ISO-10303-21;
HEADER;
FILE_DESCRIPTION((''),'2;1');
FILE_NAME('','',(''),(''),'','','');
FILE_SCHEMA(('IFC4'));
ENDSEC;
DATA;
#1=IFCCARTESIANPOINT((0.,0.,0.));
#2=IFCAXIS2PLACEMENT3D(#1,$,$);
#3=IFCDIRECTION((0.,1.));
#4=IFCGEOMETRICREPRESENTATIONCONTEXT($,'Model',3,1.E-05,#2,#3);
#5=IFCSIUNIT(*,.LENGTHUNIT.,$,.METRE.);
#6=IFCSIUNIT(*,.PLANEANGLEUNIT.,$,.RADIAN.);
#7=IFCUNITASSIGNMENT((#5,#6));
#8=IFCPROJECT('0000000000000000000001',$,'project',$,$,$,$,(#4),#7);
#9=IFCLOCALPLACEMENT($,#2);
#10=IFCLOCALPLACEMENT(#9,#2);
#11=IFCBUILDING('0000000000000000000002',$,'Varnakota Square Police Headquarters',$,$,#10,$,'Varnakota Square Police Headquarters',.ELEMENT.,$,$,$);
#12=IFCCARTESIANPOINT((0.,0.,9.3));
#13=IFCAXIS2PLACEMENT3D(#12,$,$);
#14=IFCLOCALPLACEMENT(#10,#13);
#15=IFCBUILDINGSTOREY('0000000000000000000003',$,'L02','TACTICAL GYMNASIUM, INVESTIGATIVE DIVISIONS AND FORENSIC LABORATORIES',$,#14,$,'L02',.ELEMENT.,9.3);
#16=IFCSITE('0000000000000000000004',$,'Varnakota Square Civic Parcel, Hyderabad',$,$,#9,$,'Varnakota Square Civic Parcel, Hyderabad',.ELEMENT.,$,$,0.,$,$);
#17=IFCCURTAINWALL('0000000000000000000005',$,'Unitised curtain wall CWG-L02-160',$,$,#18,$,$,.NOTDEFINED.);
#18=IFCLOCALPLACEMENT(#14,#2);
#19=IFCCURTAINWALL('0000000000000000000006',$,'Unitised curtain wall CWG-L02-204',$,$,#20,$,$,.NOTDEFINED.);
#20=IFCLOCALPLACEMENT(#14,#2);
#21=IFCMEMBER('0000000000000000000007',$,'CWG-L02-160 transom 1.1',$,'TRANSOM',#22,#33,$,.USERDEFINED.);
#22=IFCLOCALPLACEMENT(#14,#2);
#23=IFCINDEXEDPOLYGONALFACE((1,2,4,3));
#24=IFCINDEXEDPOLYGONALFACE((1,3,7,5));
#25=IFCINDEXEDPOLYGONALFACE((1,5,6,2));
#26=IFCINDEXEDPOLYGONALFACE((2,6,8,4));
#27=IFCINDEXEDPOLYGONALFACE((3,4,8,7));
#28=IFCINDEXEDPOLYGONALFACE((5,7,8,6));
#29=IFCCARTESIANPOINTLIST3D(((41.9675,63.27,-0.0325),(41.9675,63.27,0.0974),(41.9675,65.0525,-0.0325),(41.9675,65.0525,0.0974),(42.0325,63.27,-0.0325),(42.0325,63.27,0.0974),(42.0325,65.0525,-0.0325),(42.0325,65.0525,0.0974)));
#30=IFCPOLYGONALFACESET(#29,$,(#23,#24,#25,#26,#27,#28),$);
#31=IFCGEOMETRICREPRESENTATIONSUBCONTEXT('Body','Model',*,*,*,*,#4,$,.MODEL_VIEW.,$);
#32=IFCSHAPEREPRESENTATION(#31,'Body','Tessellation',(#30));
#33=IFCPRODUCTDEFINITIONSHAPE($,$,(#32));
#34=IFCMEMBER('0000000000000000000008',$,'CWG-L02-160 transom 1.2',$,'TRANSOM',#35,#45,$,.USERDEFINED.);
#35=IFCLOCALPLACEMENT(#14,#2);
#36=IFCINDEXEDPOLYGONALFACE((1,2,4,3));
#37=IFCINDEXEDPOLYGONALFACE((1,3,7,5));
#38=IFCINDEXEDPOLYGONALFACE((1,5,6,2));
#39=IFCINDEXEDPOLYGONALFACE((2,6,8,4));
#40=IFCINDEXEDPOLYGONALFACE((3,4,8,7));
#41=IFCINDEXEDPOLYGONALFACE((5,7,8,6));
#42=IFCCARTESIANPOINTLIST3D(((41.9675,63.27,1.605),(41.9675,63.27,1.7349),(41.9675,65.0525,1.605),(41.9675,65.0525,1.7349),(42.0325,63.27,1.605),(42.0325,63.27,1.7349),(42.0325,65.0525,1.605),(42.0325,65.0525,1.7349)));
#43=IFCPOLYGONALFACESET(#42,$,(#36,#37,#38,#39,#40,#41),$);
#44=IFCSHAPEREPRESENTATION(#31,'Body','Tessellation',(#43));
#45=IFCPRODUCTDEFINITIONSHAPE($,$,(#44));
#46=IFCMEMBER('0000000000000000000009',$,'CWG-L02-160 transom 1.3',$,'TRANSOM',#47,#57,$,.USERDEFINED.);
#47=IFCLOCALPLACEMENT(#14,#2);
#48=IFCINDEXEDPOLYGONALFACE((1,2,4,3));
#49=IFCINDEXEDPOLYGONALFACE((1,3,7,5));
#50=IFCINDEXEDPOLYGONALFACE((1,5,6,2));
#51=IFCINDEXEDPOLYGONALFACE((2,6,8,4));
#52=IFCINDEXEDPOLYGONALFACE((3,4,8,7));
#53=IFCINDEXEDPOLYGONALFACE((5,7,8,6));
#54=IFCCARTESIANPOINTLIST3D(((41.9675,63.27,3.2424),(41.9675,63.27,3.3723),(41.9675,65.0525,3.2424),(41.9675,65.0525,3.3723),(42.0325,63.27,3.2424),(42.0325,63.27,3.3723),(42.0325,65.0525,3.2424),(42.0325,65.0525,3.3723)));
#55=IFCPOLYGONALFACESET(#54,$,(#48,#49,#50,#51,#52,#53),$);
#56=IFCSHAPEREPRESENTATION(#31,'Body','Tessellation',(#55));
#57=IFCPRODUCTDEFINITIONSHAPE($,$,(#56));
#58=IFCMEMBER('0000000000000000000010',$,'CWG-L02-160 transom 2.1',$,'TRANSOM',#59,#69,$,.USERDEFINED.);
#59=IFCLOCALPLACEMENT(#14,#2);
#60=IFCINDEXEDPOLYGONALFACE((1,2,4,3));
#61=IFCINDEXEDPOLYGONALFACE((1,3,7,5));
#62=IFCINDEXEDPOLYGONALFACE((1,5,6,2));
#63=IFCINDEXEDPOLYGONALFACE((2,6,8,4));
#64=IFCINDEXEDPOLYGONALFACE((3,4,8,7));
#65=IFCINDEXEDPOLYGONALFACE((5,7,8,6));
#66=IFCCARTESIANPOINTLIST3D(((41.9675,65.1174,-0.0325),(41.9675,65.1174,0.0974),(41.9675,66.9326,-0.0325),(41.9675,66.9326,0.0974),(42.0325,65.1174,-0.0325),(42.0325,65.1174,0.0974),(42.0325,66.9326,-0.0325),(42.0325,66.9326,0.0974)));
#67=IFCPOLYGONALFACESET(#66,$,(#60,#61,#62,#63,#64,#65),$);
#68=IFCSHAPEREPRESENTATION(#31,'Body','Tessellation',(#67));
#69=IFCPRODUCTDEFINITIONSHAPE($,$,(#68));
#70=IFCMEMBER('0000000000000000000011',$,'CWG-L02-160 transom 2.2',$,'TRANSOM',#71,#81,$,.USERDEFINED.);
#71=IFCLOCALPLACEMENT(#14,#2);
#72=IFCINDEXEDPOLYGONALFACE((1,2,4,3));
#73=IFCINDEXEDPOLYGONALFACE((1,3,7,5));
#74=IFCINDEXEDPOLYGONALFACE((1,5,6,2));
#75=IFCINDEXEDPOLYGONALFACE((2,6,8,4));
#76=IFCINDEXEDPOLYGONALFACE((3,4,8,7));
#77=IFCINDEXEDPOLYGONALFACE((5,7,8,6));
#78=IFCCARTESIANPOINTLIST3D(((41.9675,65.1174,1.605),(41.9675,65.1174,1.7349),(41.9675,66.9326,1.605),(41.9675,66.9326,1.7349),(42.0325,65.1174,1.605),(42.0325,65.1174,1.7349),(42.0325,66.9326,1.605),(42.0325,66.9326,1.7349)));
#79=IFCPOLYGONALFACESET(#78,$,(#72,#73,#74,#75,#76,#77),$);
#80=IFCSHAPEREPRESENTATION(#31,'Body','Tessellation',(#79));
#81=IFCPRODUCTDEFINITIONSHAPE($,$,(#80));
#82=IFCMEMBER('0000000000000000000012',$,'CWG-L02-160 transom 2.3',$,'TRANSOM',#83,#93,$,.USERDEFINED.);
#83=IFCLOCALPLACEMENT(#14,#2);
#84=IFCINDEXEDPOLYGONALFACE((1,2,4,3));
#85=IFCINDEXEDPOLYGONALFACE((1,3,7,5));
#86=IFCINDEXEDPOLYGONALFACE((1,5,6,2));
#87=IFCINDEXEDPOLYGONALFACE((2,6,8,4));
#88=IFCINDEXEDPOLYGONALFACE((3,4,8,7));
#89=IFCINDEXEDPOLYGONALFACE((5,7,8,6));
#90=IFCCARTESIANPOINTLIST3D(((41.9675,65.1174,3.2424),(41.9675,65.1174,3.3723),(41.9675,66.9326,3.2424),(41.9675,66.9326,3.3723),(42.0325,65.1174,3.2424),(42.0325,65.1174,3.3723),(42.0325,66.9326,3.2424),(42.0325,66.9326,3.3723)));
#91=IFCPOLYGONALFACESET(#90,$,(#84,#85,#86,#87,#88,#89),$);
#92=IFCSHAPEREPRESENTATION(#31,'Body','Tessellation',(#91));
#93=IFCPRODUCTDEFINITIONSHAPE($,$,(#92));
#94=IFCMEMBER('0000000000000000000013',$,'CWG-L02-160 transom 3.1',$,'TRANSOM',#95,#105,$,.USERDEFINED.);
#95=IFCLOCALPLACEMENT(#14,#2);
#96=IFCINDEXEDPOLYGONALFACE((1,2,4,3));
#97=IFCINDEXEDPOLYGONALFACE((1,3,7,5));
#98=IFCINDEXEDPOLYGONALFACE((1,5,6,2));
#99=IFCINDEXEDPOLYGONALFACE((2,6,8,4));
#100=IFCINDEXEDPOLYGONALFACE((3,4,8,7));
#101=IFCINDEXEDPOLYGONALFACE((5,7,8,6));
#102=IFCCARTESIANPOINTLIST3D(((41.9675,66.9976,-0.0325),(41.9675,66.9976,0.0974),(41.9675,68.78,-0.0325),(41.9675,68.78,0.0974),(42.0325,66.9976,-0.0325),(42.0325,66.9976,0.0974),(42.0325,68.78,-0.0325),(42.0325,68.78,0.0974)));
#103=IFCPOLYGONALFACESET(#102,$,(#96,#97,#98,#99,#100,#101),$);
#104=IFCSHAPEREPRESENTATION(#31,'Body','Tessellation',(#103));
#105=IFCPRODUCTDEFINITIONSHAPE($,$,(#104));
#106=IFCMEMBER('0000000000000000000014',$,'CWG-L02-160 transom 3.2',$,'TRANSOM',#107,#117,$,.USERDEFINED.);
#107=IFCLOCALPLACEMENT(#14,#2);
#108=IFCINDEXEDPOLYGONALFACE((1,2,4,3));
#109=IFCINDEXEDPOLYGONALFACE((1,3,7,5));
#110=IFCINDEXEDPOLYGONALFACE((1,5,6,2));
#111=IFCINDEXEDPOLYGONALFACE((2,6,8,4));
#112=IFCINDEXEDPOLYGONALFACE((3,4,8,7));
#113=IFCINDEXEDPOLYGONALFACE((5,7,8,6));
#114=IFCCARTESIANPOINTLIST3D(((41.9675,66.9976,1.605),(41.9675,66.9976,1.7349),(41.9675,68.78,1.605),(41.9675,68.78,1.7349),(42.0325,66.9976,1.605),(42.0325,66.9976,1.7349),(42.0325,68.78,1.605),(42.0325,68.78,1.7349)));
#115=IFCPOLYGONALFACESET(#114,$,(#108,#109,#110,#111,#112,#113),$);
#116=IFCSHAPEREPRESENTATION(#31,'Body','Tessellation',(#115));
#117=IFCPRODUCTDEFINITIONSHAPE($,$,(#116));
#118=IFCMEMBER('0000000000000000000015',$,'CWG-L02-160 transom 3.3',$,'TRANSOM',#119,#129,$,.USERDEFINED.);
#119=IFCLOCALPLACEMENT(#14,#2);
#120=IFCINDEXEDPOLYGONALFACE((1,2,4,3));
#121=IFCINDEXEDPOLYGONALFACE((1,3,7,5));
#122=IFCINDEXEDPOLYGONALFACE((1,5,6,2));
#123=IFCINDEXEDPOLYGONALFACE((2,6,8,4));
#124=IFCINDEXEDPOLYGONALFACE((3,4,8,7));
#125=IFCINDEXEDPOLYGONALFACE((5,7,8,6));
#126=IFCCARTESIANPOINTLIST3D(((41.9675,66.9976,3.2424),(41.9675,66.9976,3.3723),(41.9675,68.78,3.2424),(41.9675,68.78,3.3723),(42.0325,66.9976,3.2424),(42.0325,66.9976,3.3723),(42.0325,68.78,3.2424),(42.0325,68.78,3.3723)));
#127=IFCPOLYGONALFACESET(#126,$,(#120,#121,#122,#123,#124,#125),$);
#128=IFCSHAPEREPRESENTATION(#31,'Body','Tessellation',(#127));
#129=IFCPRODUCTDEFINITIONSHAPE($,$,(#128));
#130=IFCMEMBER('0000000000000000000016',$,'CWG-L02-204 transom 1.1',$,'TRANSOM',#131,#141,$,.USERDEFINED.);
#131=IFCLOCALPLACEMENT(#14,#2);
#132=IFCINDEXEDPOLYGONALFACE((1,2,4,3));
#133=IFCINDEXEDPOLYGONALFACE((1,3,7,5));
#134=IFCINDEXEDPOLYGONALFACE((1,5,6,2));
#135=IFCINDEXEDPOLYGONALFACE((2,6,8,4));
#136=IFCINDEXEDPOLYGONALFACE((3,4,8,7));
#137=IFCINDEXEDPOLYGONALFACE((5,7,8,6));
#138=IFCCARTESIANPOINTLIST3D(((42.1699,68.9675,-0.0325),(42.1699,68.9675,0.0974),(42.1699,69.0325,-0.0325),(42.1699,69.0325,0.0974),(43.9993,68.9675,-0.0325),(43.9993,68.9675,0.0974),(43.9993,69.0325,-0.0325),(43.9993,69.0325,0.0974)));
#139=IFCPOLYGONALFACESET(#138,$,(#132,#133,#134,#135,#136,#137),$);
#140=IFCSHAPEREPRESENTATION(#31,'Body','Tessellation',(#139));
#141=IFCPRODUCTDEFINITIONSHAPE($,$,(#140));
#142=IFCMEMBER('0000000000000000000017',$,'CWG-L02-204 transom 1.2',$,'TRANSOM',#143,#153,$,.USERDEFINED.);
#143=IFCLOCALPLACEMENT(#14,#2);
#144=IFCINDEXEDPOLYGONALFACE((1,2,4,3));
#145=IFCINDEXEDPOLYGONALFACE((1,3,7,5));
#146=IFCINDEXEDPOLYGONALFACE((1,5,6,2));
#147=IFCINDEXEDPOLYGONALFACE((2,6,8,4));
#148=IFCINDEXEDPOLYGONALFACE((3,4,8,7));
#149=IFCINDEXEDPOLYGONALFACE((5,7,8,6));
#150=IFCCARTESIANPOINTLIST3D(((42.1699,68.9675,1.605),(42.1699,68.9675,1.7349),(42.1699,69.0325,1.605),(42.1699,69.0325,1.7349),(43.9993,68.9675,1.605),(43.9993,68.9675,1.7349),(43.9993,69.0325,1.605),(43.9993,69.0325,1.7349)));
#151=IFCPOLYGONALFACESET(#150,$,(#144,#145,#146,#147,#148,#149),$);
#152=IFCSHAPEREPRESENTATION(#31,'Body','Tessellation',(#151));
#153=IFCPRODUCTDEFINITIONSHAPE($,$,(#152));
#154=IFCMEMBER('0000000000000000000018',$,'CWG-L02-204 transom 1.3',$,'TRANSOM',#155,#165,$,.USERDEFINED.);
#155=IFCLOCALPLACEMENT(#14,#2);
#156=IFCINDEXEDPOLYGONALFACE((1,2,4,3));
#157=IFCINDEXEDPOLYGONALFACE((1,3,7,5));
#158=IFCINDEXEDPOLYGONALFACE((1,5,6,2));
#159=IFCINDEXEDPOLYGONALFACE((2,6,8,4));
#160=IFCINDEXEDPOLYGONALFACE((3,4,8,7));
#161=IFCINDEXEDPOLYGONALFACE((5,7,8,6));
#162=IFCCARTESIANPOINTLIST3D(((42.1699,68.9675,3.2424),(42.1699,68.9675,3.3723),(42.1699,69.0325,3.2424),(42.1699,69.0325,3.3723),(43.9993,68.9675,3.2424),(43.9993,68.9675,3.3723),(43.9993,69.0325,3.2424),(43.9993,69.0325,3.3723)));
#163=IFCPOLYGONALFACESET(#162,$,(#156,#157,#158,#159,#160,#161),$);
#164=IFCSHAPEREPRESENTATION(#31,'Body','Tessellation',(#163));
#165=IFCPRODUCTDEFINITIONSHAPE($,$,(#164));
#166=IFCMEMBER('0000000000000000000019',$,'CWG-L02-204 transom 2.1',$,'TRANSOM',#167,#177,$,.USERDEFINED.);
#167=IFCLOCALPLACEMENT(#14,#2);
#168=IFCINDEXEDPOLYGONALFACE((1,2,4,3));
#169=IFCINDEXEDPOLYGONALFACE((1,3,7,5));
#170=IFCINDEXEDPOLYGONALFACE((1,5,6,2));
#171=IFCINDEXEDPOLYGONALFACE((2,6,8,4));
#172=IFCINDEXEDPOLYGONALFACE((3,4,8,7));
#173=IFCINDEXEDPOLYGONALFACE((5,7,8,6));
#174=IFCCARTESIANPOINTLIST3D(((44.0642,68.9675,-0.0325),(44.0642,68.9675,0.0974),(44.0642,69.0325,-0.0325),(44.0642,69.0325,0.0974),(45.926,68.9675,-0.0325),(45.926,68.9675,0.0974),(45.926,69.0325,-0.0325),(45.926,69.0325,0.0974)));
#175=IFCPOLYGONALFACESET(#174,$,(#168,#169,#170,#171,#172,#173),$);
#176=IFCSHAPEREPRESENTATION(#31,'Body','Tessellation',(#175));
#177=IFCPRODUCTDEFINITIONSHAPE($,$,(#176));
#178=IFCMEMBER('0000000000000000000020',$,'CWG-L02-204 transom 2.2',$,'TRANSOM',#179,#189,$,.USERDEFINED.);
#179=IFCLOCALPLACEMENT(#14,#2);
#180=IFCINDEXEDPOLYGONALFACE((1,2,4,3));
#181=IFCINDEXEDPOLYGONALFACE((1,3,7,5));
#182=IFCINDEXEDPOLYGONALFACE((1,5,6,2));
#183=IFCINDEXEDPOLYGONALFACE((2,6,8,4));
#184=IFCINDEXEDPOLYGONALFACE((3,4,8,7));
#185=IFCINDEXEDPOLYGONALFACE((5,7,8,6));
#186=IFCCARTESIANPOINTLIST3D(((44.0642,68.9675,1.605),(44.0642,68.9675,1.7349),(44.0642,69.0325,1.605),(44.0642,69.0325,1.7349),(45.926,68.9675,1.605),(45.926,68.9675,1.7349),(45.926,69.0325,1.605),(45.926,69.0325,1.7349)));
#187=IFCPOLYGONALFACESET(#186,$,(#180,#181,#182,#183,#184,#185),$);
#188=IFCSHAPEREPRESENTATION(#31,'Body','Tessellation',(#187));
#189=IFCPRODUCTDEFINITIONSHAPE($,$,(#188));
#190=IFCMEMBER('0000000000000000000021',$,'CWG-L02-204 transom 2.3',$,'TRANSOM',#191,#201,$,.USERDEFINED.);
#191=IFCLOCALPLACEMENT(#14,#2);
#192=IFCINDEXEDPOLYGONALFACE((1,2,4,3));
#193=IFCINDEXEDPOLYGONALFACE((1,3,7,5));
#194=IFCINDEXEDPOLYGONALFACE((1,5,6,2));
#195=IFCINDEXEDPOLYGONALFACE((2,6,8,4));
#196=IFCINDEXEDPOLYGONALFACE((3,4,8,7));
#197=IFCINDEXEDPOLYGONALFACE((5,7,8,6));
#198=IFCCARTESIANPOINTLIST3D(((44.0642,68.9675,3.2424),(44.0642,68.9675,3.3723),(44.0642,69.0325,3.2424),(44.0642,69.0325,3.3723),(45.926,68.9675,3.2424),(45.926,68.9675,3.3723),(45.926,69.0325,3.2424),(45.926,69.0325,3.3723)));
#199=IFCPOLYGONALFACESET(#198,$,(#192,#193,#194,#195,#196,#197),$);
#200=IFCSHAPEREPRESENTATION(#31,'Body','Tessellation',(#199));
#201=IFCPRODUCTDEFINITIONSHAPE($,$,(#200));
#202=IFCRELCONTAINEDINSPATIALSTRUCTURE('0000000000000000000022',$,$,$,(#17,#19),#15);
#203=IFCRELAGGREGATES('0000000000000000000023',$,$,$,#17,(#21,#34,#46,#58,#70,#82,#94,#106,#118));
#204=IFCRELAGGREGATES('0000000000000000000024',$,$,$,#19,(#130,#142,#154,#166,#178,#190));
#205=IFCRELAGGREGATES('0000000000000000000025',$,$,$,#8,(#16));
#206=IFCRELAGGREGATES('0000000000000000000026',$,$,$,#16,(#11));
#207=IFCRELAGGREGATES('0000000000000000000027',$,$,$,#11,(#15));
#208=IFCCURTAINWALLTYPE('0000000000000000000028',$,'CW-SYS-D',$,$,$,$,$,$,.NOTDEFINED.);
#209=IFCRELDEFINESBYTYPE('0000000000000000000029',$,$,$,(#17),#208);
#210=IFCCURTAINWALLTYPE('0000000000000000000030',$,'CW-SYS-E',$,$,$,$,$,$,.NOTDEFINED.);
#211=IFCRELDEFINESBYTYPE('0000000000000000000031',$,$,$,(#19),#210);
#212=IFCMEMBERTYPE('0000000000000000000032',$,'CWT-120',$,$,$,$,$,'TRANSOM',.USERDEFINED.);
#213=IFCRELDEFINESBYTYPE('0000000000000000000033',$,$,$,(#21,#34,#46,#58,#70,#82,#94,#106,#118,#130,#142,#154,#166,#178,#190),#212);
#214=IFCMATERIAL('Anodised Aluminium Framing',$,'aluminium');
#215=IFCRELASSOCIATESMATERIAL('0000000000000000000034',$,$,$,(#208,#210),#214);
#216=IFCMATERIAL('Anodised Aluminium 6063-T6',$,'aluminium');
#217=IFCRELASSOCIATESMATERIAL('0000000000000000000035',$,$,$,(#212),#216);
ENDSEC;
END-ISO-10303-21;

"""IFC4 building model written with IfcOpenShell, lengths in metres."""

from ifc_helpers import new_model, si_unit, direction, frame, origin, origin_2d, place, context, subcontext, project, spatial, rectangle, extrude, material, material_profile, profile_set, type_object, element, aggregate, save


model = new_model("IFC4")

# Units and contexts
model_context = context("Model", 3, precision=1e-05, world=origin(), true_north=direction((0.0, 1.0)))
body_context = subcontext(model_context, "Body", "Model", "MODEL_VIEW")
ifc_project = project(units=[si_unit("LENGTHUNIT", "METRE"), si_unit("PLANEANGLEUNIT", "RADIAN")], contexts=[model_context])

# Site, building, storey
site_placement = place(None, origin())
site = spatial("IfcSite", under=ifc_project, at=site_placement, Name="Varnakota Square Civic Parcel, Hyderabad", LongName="Varnakota Square Civic Parcel, Hyderabad", CompositionType="ELEMENT", RefElevation=0.0)
building_placement = place(site_placement, origin())
building = spatial("IfcBuilding", under=site, at=building_placement, Name="Varnakota Square Police Headquarters", LongName="Varnakota Square Police Headquarters", CompositionType="ELEMENT")
storey_placement = place(building_placement, frame((0.0, 0.0, 9.3)))
storey = spatial("IfcBuildingStorey", under=building, at=storey_placement, Name="L02", Description="TACTICAL GYMNASIUM, INVESTIGATIVE DIVISIONS AND FORENSIC LABORATORIES", LongName="L02", CompositionType="ELEMENT", Elevation=9.3)

# Shared definitions
ifc_material_1 = material(Name="Anodised Aluminium Framing", Category="aluminium")
curtain_wall_type_1 = type_object("IfcCurtainWallType", Name="CW-SYS-D", PredefinedType="NOTDEFINED", material=ifc_material_1)
ifc_material_2 = material(Name="Anodised Aluminium 6063-T6", Category="aluminium")

# Curtain walls
curtain_wall_1_placement = place(storey_placement, origin())
curtain_wall_1 = element("IfcCurtainWall", 1, at=curtain_wall_1_placement, inside=storey, type_object=curtain_wall_type_1, Name="Unitised curtain wall CWG-L02-160", PredefinedType="NOTDEFINED")
curtain_wall_type_2 = type_object("IfcCurtainWallType", Name="CW-SYS-E", PredefinedType="NOTDEFINED", material=ifc_material_1)
curtain_wall_2_placement = place(storey_placement, origin())
curtain_wall_2 = element("IfcCurtainWall", 2, at=curtain_wall_2_placement, inside=storey, type_object=curtain_wall_type_2, Name="Unitised curtain wall CWG-L02-204", PredefinedType="NOTDEFINED")

# Members
ifc_material_profile_1 = material_profile(ifc_material_2, rectangle(XDim=0.0649, YDim=0.1299, at=origin_2d()), Name="ALU TRANSOM 65x130")
ifc_profile_set_1 = profile_set([ifc_material_profile_1], Name="Anodised Aluminium 6063-T6")
member_type_1 = type_object("IfcMemberType", Name="CWT-120", ElementType="TRANSOM", PredefinedType="USERDEFINED", material=ifc_profile_set_1)
member_1_placement = place(storey_placement, frame((42.0, 63.27, 0.0325), z_axis=(0.0, 1.0, 0.0), x_axis=(-1.0, 0.0, 0.0)))
member_1 = element("IfcMember", 3, at=member_1_placement, type_object=member_type_1, Name="CWG-L02-160 transom 1.1", ObjectType="TRANSOM", PredefinedType="USERDEFINED", context=body_context, shape_type="SweptSolid", body=[
    extrude(rectangle(XDim=0.0649, YDim=0.1299, at=origin_2d()), origin(), (0.0, 0.0, 1.0), 1.7825),
])
member_2_placement = place(storey_placement, frame((42.0, 63.27, 1.6699), z_axis=(0.0, 1.0, 0.0), x_axis=(-1.0, 0.0, 0.0)))
member_2 = element("IfcMember", 4, at=member_2_placement, type_object=member_type_1, Name="CWG-L02-160 transom 1.2", ObjectType="TRANSOM", PredefinedType="USERDEFINED", context=body_context, shape_type="SweptSolid", body=[
    extrude(rectangle(XDim=0.0649, YDim=0.1299, at=origin_2d()), origin(), (0.0, 0.0, 1.0), 1.7825),
])
member_3_placement = place(storey_placement, frame((42.0, 63.27, 3.3074), z_axis=(0.0, 1.0, 0.0), x_axis=(-1.0, 0.0, 0.0)))
member_3 = element("IfcMember", 5, at=member_3_placement, type_object=member_type_1, Name="CWG-L02-160 transom 1.3", ObjectType="TRANSOM", PredefinedType="USERDEFINED", context=body_context, shape_type="SweptSolid", body=[
    extrude(rectangle(XDim=0.0649, YDim=0.1299, at=origin_2d()), origin(), (0.0, 0.0, 1.0), 1.7825),
])
member_4_placement = place(storey_placement, frame((42.0, 65.1174, 0.0325), z_axis=(0.0, 1.0, 0.0), x_axis=(-1.0, 0.0, 0.0)))
member_4 = element("IfcMember", 6, at=member_4_placement, type_object=member_type_1, Name="CWG-L02-160 transom 2.1", ObjectType="TRANSOM", PredefinedType="USERDEFINED", context=body_context, shape_type="SweptSolid", body=[
    extrude(rectangle(XDim=0.0649, YDim=0.1299, at=origin_2d()), origin(), (0.0, 0.0, 1.0), 1.8152),
])
member_5_placement = place(storey_placement, frame((42.0, 65.1174, 1.6699), z_axis=(0.0, 1.0, 0.0), x_axis=(-1.0, 0.0, 0.0)))
member_5 = element("IfcMember", 7, at=member_5_placement, type_object=member_type_1, Name="CWG-L02-160 transom 2.2", ObjectType="TRANSOM", PredefinedType="USERDEFINED", context=body_context, shape_type="SweptSolid", body=[
    extrude(rectangle(XDim=0.0649, YDim=0.1299, at=origin_2d()), origin(), (0.0, 0.0, 1.0), 1.8152),
])
member_6_placement = place(storey_placement, frame((42.0, 65.1174, 3.3074), z_axis=(0.0, 1.0, 0.0), x_axis=(-1.0, 0.0, 0.0)))
member_6 = element("IfcMember", 8, at=member_6_placement, type_object=member_type_1, Name="CWG-L02-160 transom 2.3", ObjectType="TRANSOM", PredefinedType="USERDEFINED", context=body_context, shape_type="SweptSolid", body=[
    extrude(rectangle(XDim=0.0649, YDim=0.1299, at=origin_2d()), origin(), (0.0, 0.0, 1.0), 1.8152),
])
member_7_placement = place(storey_placement, frame((42.0, 66.9976, 0.0325), z_axis=(0.0, 1.0, 0.0), x_axis=(-1.0, 0.0, 0.0)))
member_7 = element("IfcMember", 9, at=member_7_placement, type_object=member_type_1, Name="CWG-L02-160 transom 3.1", ObjectType="TRANSOM", PredefinedType="USERDEFINED", context=body_context, shape_type="SweptSolid", body=[
    extrude(rectangle(XDim=0.0649, YDim=0.1299, at=origin_2d()), origin(), (0.0, 0.0, 1.0), 1.7825),
])
member_8_placement = place(storey_placement, frame((42.0, 66.9976, 1.6699), z_axis=(0.0, 1.0, 0.0), x_axis=(-1.0, 0.0, 0.0)))
member_8 = element("IfcMember", 10, at=member_8_placement, type_object=member_type_1, Name="CWG-L02-160 transom 3.2", ObjectType="TRANSOM", PredefinedType="USERDEFINED", context=body_context, shape_type="SweptSolid", body=[
    extrude(rectangle(XDim=0.0649, YDim=0.1299, at=origin_2d()), origin(), (0.0, 0.0, 1.0), 1.7825),
])
member_9_placement = place(storey_placement, frame((42.0, 66.9976, 3.3074), z_axis=(0.0, 1.0, 0.0), x_axis=(-1.0, 0.0, 0.0)))
member_9 = element("IfcMember", 11, at=member_9_placement, type_object=member_type_1, Name="CWG-L02-160 transom 3.3", ObjectType="TRANSOM", PredefinedType="USERDEFINED", context=body_context, shape_type="SweptSolid", body=[
    extrude(rectangle(XDim=0.0649, YDim=0.1299, at=origin_2d()), origin(), (0.0, 0.0, 1.0), 1.7825),
])
member_10_placement = place(storey_placement, frame((42.1699, 69.0, 0.0325), z_axis=(1.0, 0.0, 0.0), x_axis=(0.0, 1.0, 0.0)))
member_10 = element("IfcMember", 12, at=member_10_placement, type_object=member_type_1, Name="CWG-L02-204 transom 1.1", ObjectType="TRANSOM", PredefinedType="USERDEFINED", context=body_context, shape_type="SweptSolid", body=[
    extrude(rectangle(XDim=0.0649, YDim=0.1299, at=origin_2d()), origin(), (0.0, 0.0, 1.0), 1.8293),
])
member_11_placement = place(storey_placement, frame((42.1699, 69.0, 1.6699), z_axis=(1.0, 0.0, 0.0), x_axis=(0.0, 1.0, 0.0)))
member_11 = element("IfcMember", 13, at=member_11_placement, type_object=member_type_1, Name="CWG-L02-204 transom 1.2", ObjectType="TRANSOM", PredefinedType="USERDEFINED", context=body_context, shape_type="SweptSolid", body=[
    extrude(rectangle(XDim=0.0649, YDim=0.1299, at=origin_2d()), origin(), (0.0, 0.0, 1.0), 1.8293),
])
member_12_placement = place(storey_placement, frame((42.1699, 69.0, 3.3074), z_axis=(1.0, 0.0, 0.0), x_axis=(0.0, 1.0, 0.0)))
member_12 = element("IfcMember", 14, at=member_12_placement, type_object=member_type_1, Name="CWG-L02-204 transom 1.3", ObjectType="TRANSOM", PredefinedType="USERDEFINED", context=body_context, shape_type="SweptSolid", body=[
    extrude(rectangle(XDim=0.0649, YDim=0.1299, at=origin_2d()), origin(), (0.0, 0.0, 1.0), 1.8293),
])
member_13_placement = place(storey_placement, frame((44.0642, 69.0, 0.0325), z_axis=(1.0, 0.0, 0.0), x_axis=(0.0, 1.0, 0.0)))
member_13 = element("IfcMember", 15, at=member_13_placement, type_object=member_type_1, Name="CWG-L02-204 transom 2.1", ObjectType="TRANSOM", PredefinedType="USERDEFINED", context=body_context, shape_type="SweptSolid", body=[
    extrude(rectangle(XDim=0.0649, YDim=0.1299, at=origin_2d()), origin(), (0.0, 0.0, 1.0), 1.8618),
])
member_14_placement = place(storey_placement, frame((44.0642, 69.0, 1.6699), z_axis=(1.0, 0.0, 0.0), x_axis=(0.0, 1.0, 0.0)))
member_14 = element("IfcMember", 16, at=member_14_placement, type_object=member_type_1, Name="CWG-L02-204 transom 2.2", ObjectType="TRANSOM", PredefinedType="USERDEFINED", context=body_context, shape_type="SweptSolid", body=[
    extrude(rectangle(XDim=0.0649, YDim=0.1299, at=origin_2d()), origin(), (0.0, 0.0, 1.0), 1.8618),
])
member_15_placement = place(storey_placement, frame((44.0642, 69.0, 3.3074), z_axis=(1.0, 0.0, 0.0), x_axis=(0.0, 1.0, 0.0)))
member_15 = element("IfcMember", 17, at=member_15_placement, type_object=member_type_1, Name="CWG-L02-204 transom 2.3", ObjectType="TRANSOM", PredefinedType="USERDEFINED", context=body_context, shape_type="SweptSolid", body=[
    extrude(rectangle(XDim=0.0649, YDim=0.1299, at=origin_2d()), origin(), (0.0, 0.0, 1.0), 1.8618),
])

aggregate(curtain_wall_1, [member_1, member_2, member_3, member_4, member_5, member_6, member_7, member_8, member_9])
aggregate(curtain_wall_2, [member_10, member_11, member_12, member_13, member_14, member_15])

save(model, "model.ifc")
